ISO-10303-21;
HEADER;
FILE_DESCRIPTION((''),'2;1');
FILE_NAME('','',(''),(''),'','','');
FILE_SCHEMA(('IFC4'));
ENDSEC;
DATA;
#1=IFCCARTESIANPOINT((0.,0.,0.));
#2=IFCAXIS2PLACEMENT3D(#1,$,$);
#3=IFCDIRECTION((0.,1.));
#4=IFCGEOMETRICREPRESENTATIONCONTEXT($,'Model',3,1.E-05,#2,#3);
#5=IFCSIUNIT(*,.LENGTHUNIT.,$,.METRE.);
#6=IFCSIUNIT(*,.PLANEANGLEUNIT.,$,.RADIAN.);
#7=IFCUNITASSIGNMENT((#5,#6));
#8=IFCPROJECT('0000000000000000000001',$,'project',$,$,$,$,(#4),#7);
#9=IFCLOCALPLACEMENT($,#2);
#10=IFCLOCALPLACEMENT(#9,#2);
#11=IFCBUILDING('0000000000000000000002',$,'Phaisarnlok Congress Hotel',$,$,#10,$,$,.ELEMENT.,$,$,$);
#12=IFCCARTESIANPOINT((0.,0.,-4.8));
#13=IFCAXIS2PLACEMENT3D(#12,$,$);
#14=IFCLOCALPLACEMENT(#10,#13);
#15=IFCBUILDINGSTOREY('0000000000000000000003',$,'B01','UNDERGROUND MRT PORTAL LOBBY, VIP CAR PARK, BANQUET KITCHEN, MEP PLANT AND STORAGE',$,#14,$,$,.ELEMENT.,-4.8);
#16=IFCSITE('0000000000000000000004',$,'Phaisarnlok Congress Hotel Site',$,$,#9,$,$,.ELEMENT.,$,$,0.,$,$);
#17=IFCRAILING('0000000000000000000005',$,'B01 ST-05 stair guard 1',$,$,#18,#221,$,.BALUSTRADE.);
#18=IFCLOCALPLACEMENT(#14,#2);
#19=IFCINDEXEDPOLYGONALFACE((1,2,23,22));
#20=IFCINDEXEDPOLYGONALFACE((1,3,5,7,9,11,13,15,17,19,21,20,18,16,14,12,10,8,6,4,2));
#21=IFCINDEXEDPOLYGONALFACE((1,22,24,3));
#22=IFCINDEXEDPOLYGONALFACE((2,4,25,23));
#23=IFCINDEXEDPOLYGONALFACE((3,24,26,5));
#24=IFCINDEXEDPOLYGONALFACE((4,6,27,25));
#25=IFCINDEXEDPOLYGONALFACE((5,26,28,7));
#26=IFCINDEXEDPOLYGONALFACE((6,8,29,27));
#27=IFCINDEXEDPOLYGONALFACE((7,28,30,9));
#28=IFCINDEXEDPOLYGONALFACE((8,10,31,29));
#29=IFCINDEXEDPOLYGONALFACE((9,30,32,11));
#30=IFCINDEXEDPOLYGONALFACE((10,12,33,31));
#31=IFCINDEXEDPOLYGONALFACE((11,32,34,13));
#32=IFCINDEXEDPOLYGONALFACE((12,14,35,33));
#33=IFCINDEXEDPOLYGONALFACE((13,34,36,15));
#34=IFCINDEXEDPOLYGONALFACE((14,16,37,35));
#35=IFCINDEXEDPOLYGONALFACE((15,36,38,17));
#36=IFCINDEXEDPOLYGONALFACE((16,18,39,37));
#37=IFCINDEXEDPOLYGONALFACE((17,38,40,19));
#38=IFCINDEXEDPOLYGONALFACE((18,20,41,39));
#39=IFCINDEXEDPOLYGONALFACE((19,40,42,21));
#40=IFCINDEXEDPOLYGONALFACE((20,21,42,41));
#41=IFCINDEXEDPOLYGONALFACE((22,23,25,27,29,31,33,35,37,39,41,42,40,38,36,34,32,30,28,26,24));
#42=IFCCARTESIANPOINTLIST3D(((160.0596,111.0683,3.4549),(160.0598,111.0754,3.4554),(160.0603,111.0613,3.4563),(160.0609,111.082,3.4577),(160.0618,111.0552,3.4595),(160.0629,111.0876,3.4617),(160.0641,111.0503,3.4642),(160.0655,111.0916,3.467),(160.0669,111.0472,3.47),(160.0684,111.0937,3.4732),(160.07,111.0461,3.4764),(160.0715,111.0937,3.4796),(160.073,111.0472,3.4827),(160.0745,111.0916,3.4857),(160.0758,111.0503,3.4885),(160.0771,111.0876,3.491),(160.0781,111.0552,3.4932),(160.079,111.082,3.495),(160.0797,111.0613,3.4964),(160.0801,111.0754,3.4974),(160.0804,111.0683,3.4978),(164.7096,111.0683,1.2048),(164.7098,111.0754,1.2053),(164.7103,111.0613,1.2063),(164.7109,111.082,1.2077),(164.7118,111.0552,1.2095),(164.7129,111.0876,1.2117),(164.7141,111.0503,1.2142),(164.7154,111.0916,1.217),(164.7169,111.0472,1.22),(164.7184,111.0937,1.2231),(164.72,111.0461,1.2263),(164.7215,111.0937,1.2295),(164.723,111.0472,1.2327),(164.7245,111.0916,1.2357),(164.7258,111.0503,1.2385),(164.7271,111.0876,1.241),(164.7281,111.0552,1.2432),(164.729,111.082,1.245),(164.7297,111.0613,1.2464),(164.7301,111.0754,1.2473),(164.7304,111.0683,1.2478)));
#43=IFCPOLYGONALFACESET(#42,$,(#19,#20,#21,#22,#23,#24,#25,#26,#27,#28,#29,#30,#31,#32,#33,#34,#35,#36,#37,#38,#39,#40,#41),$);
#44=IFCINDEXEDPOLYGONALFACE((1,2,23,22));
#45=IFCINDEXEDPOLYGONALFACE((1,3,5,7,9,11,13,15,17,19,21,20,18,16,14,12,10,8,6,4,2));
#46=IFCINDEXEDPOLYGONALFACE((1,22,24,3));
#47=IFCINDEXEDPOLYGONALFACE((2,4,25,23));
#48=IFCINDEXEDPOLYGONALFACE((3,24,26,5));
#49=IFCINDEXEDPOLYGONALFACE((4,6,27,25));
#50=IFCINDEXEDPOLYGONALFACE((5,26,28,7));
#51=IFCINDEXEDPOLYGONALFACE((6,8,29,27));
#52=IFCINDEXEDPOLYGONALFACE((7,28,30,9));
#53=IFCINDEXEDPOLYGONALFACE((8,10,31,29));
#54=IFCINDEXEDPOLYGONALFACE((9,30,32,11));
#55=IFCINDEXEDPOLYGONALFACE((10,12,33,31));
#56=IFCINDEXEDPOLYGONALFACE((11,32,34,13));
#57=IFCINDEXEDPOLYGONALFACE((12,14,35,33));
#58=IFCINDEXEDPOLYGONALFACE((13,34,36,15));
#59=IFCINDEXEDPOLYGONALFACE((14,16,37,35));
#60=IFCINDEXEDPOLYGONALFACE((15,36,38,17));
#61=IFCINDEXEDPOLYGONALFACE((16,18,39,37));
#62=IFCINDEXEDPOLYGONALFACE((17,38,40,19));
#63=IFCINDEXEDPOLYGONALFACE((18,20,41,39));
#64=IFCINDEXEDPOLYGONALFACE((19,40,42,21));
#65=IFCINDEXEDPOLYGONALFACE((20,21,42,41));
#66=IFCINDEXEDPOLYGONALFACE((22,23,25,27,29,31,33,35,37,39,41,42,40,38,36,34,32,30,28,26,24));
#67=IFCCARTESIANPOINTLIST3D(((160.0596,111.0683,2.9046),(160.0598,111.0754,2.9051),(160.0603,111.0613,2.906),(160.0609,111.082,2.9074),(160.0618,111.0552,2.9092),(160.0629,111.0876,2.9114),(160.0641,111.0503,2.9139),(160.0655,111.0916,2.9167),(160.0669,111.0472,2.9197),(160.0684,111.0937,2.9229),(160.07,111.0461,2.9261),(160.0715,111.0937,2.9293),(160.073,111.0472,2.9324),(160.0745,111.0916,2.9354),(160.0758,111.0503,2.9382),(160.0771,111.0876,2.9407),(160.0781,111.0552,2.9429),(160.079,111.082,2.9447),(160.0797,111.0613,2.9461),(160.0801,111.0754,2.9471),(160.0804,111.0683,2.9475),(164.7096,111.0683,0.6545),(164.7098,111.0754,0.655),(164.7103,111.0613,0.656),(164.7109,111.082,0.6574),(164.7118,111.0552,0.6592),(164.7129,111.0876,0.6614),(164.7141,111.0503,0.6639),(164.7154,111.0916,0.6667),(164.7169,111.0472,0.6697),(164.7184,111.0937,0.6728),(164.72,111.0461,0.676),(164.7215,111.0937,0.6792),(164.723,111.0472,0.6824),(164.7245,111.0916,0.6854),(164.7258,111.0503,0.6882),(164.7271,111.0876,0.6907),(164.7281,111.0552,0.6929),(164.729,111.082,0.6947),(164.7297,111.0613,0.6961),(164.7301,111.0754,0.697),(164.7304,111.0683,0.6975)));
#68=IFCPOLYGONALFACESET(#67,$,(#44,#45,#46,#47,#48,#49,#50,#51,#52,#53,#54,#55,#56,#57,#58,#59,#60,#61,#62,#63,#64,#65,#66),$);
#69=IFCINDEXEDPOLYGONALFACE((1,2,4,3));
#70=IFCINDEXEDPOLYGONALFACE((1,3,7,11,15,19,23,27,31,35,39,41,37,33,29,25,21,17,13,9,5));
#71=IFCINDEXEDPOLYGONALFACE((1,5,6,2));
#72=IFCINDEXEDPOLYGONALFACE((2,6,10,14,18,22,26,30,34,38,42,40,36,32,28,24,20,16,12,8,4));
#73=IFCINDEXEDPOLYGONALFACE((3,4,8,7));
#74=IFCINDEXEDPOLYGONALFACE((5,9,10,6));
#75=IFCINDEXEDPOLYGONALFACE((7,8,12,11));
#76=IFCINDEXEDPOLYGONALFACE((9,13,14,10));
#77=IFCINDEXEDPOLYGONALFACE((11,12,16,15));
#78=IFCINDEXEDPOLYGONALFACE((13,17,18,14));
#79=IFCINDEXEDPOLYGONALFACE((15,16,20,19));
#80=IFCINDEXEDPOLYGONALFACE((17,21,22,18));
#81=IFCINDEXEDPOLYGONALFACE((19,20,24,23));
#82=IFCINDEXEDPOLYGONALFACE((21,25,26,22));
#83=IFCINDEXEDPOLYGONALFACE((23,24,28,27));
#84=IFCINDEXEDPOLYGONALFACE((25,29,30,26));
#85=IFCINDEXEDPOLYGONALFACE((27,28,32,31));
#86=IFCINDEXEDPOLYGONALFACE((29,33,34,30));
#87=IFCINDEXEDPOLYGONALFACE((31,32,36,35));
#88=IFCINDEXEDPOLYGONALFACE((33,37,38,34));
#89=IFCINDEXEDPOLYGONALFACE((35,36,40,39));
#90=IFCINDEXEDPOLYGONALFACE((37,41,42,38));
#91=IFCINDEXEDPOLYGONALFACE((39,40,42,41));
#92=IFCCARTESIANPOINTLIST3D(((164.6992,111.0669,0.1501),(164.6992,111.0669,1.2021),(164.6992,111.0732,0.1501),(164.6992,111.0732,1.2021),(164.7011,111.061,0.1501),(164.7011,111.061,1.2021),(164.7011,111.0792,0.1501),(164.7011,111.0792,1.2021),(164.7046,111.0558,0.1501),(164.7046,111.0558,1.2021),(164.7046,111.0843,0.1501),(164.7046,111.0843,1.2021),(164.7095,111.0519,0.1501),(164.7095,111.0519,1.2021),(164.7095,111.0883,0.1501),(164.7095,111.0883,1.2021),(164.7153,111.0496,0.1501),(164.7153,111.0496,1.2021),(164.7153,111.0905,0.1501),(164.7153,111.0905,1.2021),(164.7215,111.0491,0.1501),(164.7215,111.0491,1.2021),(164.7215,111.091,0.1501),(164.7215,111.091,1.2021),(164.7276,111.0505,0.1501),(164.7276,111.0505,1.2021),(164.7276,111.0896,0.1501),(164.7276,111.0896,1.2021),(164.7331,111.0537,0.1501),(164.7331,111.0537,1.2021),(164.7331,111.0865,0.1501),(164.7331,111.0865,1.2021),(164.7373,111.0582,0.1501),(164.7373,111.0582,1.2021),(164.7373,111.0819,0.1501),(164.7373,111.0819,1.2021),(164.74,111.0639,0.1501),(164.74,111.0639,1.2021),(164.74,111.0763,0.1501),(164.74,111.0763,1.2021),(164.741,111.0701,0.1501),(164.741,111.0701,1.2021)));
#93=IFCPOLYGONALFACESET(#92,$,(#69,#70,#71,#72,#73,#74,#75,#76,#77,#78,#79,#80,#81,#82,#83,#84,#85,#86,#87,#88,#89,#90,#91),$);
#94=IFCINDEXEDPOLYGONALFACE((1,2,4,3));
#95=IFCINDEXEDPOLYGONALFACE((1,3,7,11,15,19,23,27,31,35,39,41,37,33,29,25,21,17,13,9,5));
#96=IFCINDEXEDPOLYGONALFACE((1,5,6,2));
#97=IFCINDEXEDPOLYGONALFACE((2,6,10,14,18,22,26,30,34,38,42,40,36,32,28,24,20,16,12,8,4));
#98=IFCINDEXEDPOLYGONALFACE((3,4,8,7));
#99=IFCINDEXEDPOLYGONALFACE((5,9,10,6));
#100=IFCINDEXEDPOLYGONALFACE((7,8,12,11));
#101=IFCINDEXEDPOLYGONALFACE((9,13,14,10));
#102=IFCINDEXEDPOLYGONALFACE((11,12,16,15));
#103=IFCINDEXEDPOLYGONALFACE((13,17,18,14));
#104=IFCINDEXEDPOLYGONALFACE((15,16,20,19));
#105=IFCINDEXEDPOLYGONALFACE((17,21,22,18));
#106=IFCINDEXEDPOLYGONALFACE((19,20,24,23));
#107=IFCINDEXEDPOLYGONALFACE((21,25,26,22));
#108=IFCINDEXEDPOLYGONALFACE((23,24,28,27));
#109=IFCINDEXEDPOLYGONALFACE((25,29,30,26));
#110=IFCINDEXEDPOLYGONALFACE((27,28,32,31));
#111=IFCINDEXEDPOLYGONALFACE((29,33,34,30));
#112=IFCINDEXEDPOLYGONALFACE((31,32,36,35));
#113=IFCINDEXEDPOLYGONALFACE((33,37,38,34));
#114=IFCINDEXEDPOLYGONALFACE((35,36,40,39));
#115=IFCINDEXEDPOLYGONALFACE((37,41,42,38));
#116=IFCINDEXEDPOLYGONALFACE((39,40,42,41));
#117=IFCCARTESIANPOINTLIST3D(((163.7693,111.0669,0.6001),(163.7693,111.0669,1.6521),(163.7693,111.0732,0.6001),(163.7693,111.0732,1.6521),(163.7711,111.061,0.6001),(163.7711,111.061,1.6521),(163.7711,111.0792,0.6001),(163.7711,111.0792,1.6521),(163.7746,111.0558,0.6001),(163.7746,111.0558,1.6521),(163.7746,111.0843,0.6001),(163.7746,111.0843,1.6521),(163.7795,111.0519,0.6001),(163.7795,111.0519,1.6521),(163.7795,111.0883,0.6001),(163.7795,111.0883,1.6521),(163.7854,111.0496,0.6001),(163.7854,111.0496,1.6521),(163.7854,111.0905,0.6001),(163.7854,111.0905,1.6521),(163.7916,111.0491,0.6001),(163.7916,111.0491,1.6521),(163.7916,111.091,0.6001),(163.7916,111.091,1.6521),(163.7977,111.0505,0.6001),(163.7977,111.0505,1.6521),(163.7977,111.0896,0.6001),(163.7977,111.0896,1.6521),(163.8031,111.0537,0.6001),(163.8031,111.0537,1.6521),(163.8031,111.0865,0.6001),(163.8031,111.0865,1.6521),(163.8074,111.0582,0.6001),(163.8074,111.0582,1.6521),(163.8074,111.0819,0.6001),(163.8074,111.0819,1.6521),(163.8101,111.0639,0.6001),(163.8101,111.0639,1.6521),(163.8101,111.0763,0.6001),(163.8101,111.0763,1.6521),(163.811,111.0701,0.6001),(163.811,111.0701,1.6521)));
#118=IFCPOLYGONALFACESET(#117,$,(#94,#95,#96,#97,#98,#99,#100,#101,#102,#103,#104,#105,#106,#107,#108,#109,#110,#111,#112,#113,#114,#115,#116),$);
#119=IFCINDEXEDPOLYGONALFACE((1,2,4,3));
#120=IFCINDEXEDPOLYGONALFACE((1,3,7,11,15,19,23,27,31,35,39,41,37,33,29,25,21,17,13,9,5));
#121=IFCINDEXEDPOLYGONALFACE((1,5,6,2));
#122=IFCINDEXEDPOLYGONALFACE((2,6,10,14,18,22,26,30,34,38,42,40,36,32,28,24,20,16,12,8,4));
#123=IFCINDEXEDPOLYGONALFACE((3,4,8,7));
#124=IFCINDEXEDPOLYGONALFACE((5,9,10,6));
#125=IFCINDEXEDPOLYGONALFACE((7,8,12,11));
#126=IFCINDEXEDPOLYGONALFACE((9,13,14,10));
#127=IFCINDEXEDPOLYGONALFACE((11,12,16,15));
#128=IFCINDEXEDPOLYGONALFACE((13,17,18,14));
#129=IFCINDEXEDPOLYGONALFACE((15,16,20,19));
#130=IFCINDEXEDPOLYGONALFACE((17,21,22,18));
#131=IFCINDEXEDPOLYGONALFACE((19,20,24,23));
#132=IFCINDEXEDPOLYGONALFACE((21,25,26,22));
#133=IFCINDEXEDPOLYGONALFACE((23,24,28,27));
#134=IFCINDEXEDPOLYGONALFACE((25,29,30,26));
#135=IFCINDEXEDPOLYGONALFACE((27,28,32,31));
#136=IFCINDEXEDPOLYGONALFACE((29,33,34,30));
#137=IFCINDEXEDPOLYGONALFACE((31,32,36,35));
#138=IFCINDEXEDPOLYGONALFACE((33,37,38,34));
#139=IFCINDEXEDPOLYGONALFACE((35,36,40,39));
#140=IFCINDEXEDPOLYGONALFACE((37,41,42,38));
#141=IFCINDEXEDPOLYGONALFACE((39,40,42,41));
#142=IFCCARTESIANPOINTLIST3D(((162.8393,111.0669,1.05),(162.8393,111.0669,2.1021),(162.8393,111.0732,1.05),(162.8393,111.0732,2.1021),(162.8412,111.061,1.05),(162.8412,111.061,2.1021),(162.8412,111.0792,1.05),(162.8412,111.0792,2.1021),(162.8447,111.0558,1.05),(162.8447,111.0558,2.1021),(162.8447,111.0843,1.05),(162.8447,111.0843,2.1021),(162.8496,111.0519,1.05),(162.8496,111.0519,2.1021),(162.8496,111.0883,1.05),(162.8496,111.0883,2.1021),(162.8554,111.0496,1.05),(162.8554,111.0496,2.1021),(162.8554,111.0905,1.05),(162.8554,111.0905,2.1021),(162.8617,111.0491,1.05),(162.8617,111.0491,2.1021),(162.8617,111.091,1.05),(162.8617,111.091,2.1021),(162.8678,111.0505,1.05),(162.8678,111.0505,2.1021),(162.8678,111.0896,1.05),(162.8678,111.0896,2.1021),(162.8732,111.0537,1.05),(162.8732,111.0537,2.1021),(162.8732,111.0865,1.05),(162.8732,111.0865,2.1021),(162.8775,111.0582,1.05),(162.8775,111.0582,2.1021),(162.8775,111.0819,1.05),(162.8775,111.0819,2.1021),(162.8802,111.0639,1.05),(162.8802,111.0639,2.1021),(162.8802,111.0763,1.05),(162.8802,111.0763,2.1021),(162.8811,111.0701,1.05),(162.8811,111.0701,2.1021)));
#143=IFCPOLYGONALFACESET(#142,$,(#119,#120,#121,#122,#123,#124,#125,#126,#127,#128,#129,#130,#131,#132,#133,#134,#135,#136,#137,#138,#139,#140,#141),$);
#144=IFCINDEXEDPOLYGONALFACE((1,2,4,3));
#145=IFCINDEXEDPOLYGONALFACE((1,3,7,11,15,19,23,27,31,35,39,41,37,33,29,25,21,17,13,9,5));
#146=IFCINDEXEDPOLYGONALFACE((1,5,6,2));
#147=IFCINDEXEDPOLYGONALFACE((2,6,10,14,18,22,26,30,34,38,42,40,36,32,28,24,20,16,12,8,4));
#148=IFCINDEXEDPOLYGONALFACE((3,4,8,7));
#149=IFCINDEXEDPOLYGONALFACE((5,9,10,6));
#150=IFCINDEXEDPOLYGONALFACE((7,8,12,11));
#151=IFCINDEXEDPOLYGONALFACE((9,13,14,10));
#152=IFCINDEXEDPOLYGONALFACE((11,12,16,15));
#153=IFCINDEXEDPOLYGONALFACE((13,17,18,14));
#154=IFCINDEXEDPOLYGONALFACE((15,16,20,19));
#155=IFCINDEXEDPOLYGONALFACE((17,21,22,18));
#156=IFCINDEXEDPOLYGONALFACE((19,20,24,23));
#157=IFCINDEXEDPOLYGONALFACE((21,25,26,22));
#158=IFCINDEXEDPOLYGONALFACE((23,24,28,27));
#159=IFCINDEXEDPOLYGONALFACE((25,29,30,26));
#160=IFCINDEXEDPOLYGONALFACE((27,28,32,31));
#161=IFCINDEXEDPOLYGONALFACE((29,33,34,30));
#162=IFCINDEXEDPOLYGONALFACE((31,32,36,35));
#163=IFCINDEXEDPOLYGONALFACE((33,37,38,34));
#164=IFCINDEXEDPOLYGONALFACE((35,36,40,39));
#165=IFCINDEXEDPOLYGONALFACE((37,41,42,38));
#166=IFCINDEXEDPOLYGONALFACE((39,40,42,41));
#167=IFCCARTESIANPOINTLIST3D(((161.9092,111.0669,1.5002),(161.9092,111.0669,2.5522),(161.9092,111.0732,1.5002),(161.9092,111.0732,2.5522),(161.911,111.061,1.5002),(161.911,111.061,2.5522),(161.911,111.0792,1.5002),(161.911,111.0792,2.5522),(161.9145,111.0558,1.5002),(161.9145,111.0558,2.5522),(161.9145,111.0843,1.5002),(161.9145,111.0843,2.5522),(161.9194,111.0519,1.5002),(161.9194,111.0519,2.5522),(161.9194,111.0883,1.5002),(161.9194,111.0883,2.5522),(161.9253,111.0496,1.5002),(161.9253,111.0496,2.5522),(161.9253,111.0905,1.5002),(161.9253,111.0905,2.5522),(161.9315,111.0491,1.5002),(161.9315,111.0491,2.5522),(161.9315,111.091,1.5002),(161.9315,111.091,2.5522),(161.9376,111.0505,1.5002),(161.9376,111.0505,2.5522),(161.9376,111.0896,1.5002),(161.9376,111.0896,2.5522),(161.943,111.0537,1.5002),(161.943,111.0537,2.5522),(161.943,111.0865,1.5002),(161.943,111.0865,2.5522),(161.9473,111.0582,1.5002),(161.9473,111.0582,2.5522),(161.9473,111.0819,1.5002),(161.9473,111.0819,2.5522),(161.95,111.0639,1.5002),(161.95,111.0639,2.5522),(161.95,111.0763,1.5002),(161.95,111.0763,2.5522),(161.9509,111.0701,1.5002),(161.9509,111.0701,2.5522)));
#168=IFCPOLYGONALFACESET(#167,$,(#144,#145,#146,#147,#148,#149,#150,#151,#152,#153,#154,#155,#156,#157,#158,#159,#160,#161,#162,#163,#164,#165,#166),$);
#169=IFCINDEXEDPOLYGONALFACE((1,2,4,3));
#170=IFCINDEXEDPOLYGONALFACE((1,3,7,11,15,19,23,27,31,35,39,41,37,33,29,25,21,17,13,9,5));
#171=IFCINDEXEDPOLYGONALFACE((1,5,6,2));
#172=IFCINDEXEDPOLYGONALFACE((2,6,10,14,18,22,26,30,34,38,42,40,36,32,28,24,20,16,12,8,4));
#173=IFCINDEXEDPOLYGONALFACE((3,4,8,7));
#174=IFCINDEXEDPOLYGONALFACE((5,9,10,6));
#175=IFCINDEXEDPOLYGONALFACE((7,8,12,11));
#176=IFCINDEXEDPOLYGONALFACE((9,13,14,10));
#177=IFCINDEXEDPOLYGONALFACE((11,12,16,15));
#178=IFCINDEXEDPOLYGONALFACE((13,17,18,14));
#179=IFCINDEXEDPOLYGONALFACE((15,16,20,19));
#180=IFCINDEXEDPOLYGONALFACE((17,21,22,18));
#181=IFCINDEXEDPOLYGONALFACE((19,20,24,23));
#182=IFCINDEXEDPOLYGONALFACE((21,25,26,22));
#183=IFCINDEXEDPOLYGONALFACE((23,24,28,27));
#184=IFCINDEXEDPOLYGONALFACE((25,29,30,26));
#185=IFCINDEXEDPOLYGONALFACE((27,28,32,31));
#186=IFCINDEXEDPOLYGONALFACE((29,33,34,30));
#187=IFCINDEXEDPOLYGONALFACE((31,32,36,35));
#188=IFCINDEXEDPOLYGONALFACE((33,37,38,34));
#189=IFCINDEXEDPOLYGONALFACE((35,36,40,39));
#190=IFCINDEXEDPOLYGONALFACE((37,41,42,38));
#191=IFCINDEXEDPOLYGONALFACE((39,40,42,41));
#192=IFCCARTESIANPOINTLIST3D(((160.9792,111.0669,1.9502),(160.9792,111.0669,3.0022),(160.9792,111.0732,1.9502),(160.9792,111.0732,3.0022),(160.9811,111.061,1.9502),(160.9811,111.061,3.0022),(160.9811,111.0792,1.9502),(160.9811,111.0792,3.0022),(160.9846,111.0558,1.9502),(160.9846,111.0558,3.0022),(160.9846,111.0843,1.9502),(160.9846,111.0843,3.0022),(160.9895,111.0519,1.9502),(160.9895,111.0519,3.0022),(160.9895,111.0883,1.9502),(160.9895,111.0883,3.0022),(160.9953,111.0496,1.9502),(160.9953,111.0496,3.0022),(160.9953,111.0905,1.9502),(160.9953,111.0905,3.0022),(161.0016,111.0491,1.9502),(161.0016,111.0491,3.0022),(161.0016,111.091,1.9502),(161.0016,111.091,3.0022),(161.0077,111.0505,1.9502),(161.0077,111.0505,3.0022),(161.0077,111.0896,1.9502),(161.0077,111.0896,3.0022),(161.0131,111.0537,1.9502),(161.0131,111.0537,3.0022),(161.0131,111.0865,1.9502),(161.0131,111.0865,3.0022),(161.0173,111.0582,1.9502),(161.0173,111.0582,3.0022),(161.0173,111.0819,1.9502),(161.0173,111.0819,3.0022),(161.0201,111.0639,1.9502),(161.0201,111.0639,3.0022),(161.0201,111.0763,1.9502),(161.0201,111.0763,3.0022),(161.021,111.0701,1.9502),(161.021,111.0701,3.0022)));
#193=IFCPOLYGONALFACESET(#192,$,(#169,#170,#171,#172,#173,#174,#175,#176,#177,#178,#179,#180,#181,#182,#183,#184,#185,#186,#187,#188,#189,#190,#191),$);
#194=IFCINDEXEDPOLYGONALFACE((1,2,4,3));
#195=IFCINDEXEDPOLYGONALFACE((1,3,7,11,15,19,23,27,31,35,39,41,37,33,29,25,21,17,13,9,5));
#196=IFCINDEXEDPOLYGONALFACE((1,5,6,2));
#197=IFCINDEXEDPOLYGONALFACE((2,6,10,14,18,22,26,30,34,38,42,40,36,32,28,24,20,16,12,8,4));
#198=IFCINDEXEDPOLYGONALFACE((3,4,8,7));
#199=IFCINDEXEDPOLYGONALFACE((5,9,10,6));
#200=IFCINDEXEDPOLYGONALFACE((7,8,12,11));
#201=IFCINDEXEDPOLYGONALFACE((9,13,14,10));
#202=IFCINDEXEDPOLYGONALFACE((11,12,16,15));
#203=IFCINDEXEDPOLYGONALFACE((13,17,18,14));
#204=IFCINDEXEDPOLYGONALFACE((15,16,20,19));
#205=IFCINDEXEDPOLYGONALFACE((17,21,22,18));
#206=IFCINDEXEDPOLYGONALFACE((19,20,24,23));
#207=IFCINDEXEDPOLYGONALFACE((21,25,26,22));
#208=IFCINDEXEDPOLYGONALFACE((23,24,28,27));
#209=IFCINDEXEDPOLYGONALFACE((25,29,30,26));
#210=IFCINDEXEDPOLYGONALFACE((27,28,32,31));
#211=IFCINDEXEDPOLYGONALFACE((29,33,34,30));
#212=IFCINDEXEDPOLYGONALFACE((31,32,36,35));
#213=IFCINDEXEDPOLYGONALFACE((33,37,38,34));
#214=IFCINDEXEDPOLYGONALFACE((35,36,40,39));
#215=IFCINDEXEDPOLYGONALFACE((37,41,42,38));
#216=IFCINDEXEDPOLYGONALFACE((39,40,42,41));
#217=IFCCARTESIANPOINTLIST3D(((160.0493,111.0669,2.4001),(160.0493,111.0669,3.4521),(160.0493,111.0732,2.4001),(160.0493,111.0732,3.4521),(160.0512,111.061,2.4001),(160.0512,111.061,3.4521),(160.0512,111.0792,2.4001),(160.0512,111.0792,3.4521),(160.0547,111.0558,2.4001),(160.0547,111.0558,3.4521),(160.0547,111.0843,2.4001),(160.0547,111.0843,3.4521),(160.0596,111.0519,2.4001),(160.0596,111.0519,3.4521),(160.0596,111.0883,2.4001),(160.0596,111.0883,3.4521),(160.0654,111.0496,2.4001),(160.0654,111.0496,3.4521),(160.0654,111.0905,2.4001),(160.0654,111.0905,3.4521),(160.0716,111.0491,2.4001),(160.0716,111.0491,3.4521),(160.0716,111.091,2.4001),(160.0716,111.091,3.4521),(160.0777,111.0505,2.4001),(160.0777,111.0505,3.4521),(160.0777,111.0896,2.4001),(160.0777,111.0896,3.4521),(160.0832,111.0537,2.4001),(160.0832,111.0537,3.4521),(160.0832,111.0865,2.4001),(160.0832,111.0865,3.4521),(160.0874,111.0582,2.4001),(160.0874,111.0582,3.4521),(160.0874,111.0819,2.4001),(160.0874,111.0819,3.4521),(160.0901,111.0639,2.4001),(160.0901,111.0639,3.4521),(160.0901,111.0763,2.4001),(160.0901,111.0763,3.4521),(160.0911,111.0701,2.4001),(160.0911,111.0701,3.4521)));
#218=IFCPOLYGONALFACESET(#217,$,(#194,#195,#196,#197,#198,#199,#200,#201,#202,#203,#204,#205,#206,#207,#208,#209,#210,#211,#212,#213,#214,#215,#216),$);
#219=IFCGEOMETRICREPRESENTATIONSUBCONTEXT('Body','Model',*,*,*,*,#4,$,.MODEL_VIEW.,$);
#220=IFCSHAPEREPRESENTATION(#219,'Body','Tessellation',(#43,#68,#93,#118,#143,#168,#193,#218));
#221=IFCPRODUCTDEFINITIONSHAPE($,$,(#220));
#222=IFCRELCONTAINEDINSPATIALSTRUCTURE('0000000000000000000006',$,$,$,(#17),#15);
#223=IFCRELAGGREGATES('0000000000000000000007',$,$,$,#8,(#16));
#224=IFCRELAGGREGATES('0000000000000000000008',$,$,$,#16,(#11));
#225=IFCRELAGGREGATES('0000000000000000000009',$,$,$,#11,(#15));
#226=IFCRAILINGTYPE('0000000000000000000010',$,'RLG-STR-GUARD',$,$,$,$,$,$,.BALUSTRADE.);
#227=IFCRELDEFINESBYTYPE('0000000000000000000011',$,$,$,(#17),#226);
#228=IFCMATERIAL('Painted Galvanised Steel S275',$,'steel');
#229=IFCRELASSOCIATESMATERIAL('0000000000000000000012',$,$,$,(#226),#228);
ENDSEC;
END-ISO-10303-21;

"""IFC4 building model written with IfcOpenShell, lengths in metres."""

from ifc_helpers import new_model, si_unit, direction, frame, origin, origin_2d, place, context, subcontext, project, spatial, circle, extrude, material, type_object, element, save


model = new_model("IFC4")

# Units and contexts
model_context = context("Model", 3, precision=1e-05, world=origin(), true_north=direction((0.0, 1.0)))
body_context = subcontext(model_context, "Body", "Model", "MODEL_VIEW")
ifc_project = project(units=[si_unit("LENGTHUNIT", "METRE"), si_unit("PLANEANGLEUNIT", "RADIAN")], contexts=[model_context])

# Site, building, storey
site_placement = place(None, origin())
site = spatial("IfcSite", under=ifc_project, at=site_placement, Name="Phaisarnlok Congress Hotel Site", CompositionType="ELEMENT", RefElevation=0.0)
building_placement = place(site_placement, origin())
building = spatial("IfcBuilding", under=site, at=building_placement, Name="Phaisarnlok Congress Hotel", CompositionType="ELEMENT")
storey_placement = place(building_placement, frame((0.0, 0.0, -4.8)))
storey = spatial("IfcBuildingStorey", under=building, at=storey_placement, Name="B01", Description="UNDERGROUND MRT PORTAL LOBBY, VIP CAR PARK, BANQUET KITCHEN, MEP PLANT AND STORAGE", CompositionType="ELEMENT", Elevation=-4.8)

# Railing
ifc_material_1 = material(Name="Painted Galvanised Steel S275", Category="steel")
railing_type_1 = type_object("IfcRailingType", Name="RLG-STR-GUARD", PredefinedType="BALUSTRADE", material=ifc_material_1)
railing_1_placement = place(storey_placement, frame((164.72, 111.0701, 0.1501)))
element("IfcRailing", 1, at=railing_1_placement, inside=storey, type_object=railing_type_1, Name="B01 ST-05 stair guard 1", PredefinedType="BALUSTRADE", context=body_context, shape_type="SweptSolid", body=[
    extrude(circle(Radius=0.0239, at=origin_2d()), frame((0.0, 0.0, 1.0762), z_axis=(-0.900156, 0.0, 0.435568), x_axis=(0.0, -1.0, 0.0)), (0.0, 0.0, 1.0), 5.1658),
    extrude(circle(Radius=0.0239, at=origin_2d()), frame((0.0, 0.0, 0.5259), z_axis=(-0.900156, 0.0, 0.435568), x_axis=(0.0, -1.0, 0.0)), (0.0, 0.0, 1.0), 5.1658),
    extrude(circle(Radius=0.021, at=origin_2d()), origin(), (0.0, 0.0, 1.0), 1.052),
    extrude(circle(Radius=0.021, at=origin_2d()), frame((-0.9299, 0.0, 0.45)), (0.0, 0.0, 1.0), 1.052),
    extrude(circle(Radius=0.021, at=origin_2d()), frame((-1.8599, 0.0, 0.8999)), (0.0, 0.0, 1.0), 1.052),
    extrude(circle(Radius=0.021, at=origin_2d()), frame((-2.79, 0.0, 1.3501)), (0.0, 0.0, 1.0), 1.052),
    extrude(circle(Radius=0.021, at=origin_2d()), frame((-3.72, 0.0, 1.8)), (0.0, 0.0, 1.0), 1.052),
    extrude(circle(Radius=0.021, at=origin_2d()), frame((-4.6499, 0.0, 2.25)), (0.0, 0.0, 1.0), 1.052),
])

save(model, "model.ifc")
